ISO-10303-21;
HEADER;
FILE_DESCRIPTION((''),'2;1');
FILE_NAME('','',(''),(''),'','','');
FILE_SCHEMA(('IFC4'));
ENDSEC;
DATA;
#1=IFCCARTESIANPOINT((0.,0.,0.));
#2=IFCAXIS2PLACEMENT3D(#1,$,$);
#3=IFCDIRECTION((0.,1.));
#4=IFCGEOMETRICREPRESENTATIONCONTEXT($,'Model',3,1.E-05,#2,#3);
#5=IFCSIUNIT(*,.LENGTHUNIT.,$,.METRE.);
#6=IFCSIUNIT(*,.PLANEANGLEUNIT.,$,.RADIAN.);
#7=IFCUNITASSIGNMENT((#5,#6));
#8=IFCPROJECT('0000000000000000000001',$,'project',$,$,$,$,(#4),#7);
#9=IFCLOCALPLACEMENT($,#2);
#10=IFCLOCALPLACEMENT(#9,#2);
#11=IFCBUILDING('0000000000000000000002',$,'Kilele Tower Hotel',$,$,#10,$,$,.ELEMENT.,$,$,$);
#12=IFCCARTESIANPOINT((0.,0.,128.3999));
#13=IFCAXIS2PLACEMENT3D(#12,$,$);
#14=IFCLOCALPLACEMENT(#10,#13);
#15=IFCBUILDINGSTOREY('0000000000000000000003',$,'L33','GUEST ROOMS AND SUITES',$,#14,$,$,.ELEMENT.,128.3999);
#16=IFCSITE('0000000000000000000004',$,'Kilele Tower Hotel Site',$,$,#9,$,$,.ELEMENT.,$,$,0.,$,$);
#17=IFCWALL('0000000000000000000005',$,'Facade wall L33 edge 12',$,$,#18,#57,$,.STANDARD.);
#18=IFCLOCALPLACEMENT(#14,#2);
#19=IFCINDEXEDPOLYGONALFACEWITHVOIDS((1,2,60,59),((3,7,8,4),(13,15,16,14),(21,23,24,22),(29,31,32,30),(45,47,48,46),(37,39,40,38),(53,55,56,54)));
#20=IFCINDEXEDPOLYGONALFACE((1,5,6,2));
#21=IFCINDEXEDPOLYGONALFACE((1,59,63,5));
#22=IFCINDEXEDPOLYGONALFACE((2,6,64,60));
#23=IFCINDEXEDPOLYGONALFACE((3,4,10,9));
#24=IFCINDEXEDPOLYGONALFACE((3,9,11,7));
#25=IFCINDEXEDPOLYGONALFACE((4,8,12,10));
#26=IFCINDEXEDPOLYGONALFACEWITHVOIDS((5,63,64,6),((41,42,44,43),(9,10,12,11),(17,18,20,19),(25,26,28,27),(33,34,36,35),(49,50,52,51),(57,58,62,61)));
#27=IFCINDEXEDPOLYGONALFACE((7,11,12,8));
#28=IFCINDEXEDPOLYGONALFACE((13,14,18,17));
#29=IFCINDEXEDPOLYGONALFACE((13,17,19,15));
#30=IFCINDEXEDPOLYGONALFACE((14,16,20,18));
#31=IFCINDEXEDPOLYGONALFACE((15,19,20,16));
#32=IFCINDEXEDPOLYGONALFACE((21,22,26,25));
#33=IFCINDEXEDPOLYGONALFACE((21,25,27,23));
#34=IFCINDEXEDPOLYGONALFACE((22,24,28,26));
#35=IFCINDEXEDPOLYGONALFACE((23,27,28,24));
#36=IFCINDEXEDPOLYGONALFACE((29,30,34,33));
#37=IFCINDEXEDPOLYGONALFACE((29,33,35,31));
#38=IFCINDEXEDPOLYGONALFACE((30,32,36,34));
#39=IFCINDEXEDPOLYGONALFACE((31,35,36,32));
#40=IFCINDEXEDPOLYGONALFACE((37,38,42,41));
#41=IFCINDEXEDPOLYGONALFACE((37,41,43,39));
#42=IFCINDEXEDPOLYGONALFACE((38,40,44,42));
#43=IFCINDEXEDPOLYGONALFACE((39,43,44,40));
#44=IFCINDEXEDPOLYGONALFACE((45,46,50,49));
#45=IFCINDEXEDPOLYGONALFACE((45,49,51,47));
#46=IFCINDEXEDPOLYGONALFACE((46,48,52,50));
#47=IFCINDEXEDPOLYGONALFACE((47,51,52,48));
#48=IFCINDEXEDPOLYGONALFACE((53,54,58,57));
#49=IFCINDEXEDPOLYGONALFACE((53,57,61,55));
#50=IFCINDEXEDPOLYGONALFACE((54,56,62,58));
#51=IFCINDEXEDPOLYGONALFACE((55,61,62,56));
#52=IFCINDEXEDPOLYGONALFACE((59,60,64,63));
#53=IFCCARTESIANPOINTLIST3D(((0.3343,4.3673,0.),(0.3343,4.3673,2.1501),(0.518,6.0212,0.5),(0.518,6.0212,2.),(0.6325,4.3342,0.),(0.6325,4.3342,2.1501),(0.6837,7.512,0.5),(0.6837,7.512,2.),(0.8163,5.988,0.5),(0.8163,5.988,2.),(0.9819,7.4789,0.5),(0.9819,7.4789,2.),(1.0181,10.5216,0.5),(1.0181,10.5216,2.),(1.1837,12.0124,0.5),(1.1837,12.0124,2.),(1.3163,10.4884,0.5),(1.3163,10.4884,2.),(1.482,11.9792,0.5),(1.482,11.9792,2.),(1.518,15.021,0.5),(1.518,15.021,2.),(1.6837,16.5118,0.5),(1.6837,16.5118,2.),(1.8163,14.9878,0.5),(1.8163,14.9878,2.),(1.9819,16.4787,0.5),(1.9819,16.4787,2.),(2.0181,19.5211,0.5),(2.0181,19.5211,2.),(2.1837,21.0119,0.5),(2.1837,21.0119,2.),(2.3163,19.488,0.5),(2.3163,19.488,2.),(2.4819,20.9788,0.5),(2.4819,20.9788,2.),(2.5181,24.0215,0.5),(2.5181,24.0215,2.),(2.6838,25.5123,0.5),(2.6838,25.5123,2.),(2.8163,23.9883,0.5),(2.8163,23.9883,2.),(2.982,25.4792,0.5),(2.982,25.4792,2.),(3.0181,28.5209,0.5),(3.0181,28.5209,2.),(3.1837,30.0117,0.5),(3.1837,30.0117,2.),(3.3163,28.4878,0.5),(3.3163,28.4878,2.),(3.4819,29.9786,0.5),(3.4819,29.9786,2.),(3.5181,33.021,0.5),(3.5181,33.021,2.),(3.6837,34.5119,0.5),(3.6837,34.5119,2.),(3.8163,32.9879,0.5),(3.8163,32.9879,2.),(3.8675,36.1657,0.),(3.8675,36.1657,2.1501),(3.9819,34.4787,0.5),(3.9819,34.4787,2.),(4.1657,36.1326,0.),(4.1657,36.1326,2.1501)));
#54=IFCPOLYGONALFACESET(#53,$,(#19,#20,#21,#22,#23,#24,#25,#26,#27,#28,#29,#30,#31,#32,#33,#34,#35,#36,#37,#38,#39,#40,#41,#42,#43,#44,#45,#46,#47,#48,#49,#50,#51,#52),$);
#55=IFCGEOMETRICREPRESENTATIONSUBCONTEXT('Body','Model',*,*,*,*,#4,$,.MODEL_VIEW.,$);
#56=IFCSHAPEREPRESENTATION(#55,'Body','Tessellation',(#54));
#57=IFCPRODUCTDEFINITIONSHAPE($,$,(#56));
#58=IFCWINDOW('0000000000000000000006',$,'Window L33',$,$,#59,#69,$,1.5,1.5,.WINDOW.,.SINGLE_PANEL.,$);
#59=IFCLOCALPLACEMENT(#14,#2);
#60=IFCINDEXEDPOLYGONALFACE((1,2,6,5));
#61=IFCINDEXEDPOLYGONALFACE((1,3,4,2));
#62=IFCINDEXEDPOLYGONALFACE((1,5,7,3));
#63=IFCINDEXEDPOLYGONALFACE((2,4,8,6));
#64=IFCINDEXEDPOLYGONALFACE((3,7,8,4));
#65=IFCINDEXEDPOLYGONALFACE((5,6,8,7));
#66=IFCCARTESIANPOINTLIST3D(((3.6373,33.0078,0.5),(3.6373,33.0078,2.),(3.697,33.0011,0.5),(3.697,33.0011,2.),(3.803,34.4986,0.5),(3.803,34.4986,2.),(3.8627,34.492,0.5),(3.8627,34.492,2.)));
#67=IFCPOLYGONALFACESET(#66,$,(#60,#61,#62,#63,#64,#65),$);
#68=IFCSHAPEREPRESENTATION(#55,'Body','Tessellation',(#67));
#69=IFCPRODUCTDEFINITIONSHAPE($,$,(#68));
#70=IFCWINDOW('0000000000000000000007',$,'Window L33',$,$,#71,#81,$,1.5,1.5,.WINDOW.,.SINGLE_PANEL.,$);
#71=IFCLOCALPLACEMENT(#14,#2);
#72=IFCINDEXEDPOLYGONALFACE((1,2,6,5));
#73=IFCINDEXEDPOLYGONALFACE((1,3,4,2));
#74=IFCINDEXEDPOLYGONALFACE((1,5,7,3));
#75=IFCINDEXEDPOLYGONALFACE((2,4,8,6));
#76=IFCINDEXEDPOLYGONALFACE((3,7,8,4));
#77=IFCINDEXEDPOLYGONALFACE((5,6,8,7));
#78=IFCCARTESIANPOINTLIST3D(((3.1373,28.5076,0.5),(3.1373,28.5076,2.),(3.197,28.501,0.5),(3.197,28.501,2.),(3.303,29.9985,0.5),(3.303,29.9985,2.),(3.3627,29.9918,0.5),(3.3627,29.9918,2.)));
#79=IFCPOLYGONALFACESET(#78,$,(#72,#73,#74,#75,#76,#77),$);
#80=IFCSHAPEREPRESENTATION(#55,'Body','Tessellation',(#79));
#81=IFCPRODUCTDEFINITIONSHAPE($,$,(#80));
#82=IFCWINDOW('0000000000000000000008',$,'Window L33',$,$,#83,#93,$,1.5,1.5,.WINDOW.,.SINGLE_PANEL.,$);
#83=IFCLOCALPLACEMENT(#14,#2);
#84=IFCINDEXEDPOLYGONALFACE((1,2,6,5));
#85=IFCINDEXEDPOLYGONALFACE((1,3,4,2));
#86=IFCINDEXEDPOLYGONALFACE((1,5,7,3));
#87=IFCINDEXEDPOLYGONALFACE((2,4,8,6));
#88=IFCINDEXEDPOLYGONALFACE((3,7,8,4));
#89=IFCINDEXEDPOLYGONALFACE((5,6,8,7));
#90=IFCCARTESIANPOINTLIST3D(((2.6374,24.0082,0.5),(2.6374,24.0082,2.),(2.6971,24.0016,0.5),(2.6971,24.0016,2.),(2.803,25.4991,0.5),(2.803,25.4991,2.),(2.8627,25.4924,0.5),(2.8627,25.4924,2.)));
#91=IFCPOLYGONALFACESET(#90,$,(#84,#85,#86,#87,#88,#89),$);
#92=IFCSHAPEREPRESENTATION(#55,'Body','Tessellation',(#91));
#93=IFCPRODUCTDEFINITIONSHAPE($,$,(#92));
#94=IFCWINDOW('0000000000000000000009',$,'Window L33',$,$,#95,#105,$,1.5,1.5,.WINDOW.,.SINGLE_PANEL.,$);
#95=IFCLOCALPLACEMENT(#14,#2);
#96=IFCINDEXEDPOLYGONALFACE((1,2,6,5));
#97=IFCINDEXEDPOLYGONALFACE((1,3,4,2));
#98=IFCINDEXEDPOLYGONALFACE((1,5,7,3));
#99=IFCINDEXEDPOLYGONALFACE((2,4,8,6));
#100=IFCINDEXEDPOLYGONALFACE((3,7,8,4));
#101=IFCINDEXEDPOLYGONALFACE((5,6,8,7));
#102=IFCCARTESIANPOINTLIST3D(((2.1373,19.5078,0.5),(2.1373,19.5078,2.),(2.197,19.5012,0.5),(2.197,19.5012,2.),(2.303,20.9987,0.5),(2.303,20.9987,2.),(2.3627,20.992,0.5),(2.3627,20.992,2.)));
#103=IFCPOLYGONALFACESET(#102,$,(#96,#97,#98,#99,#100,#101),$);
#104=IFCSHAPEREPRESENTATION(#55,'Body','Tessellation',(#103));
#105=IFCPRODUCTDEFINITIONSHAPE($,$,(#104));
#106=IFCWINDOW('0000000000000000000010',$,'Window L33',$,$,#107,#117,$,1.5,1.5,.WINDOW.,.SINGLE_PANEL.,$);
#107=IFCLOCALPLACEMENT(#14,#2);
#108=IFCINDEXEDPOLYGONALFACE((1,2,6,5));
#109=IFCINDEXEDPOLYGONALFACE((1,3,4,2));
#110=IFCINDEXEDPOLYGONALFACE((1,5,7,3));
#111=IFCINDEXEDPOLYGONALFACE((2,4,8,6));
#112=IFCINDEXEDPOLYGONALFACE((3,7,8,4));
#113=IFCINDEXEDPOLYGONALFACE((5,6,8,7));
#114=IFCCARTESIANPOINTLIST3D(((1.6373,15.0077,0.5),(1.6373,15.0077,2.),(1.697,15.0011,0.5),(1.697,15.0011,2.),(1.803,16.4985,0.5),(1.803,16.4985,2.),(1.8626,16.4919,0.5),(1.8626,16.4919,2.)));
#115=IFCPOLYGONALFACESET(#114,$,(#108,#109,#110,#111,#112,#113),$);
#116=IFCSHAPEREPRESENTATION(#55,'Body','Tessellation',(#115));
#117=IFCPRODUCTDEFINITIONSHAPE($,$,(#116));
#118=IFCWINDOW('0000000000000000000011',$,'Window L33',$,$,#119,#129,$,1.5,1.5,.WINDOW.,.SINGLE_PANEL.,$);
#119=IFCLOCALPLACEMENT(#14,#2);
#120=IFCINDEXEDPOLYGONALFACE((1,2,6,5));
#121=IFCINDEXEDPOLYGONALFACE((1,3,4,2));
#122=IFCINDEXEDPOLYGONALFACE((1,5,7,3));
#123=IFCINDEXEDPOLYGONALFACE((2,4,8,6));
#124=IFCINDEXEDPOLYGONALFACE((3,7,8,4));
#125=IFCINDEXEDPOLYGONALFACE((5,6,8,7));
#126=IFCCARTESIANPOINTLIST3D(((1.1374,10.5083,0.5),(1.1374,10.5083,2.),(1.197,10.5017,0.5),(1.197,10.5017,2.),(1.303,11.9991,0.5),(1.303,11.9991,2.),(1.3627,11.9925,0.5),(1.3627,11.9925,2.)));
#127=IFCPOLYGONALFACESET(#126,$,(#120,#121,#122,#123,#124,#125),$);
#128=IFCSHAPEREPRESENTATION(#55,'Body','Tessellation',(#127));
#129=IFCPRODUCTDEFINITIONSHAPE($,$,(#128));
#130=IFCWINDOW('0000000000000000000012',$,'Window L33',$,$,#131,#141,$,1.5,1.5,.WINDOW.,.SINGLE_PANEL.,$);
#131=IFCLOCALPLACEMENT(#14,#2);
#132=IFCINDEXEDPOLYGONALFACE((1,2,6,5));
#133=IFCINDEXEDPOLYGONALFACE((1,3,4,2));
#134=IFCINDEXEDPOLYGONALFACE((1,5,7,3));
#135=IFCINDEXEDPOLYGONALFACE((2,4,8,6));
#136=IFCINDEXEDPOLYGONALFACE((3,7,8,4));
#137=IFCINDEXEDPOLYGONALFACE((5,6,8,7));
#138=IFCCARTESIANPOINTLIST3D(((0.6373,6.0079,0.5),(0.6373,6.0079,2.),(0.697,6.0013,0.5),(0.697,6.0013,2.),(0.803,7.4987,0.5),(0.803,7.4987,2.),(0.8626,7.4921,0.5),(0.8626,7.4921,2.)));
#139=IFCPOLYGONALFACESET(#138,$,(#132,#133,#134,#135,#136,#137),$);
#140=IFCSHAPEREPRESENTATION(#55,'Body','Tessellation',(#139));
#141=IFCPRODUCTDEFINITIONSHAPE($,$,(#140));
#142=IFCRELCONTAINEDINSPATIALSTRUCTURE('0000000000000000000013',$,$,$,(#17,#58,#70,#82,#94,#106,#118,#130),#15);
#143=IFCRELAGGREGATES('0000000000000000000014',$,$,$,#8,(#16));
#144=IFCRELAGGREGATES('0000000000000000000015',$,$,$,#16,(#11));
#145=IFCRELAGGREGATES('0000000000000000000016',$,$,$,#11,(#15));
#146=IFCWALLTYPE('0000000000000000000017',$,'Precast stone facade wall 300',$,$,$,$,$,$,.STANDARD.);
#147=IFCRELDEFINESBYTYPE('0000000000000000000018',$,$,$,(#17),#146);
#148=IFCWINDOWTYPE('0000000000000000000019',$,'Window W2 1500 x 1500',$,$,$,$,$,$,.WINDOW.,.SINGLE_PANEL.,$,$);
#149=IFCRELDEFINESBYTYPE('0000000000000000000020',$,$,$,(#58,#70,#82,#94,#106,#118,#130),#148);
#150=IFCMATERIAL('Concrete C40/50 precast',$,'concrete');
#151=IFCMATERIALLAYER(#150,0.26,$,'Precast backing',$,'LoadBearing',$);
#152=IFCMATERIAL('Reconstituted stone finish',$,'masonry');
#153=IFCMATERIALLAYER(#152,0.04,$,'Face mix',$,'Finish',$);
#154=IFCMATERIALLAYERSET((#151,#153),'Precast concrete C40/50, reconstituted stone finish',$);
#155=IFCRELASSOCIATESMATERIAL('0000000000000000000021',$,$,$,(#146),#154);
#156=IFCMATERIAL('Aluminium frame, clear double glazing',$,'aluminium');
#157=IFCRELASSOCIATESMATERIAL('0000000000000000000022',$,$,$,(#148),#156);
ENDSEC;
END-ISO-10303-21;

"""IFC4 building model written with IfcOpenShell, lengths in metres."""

from ifc_helpers import new_model, si_unit, direction, frame, frame_2d, origin, place, context, subcontext, project, spatial, rectangle, extrude, material, layer, layer_set, type_object, element, fill, save


model = new_model("IFC4")

# Units and contexts
model_context = context("Model", 3, precision=1e-05, world=origin(), true_north=direction((0.0, 1.0)))
body_context = subcontext(model_context, "Body", "Model", "MODEL_VIEW")
ifc_project = project(units=[si_unit("LENGTHUNIT", "METRE"), si_unit("PLANEANGLEUNIT", "RADIAN")], contexts=[model_context])

# Site, building, storey
site_placement = place(None, origin())
site = spatial("IfcSite", under=ifc_project, at=site_placement, Name="Kilele Tower Hotel Site", CompositionType="ELEMENT", RefElevation=0.0)
building_placement = place(site_placement, origin())
building = spatial("IfcBuilding", under=site, at=building_placement, Name="Kilele Tower Hotel", CompositionType="ELEMENT")
storey_placement = place(building_placement, frame((0.0, 0.0, 128.3999)))
storey = spatial("IfcBuildingStorey", under=building, at=storey_placement, Name="L33", Description="GUEST ROOMS AND SUITES", CompositionType="ELEMENT", Elevation=128.3999)

# Shared definitions
ifc_material_1 = material(Name="Concrete C40/50 precast", Category="concrete")
ifc_layer_1 = layer(ifc_material_1, 0.26, Name="Precast backing", Category="LoadBearing")
ifc_material_2 = material(Name="Reconstituted stone finish", Category="masonry")
ifc_layer_2 = layer(ifc_material_2, 0.04, Name="Face mix", Category="Finish")
ifc_layer_set_1 = layer_set([ifc_layer_1, ifc_layer_2], Name="Precast concrete C40/50, reconstituted stone finish")
wall_type_1 = type_object("IfcWallType", Name="Precast stone facade wall 300", PredefinedType="STANDARD", material=ifc_layer_set_1)
ifc_material_3 = material(Name="Aluminium frame, clear double glazing", Category="aluminium")
window_type_1 = type_object("IfcWindowType", Name="Window W2 1500 x 1500", PartitioningType="SINGLE_PANEL", PredefinedType="WINDOW", material=ifc_material_3)

# Wall, openings, windows
wall_1_placement = place(storey_placement, frame((4.0166, 36.1492, 0.0), z_axis=(0.0, 0.0, 1.0), x_axis=(-0.110433, -0.993884, 0.0)))
wall_1 = element("IfcWall", 1, at=wall_1_placement, inside=storey, type_object=wall_type_1, Name="Facade wall L33 edge 12", PredefinedType="STANDARD", context=body_context, shape_type="SweptSolid", body=[
    extrude(rectangle(XDim=31.9941, YDim=0.3, at=frame_2d((15.9971, 0.0))), origin(), (0.0, 0.0, 1.0), 2.1501),
])
opening_1_placement = place(wall_1_placement, frame((1.6641, 0.0, 0.5)))
opening_1 = element("IfcOpeningElement", 2, at=opening_1_placement, cuts=wall_1, PredefinedType="OPENING", context=body_context, shape_type="SweptSolid", body=[
    extrude(rectangle(XDim=1.5, YDim=1.5, at=frame_2d((0.75, 0.75))), frame((0.0, 0.1599, 0.0), z_axis=(0.0, -1.0, 0.0), x_axis=(1.0, 0.0, 0.0)), (0.0, 0.0, 1.0), 0.3201),
])
opening_2_placement = place(wall_1_placement, frame((6.1919, 0.0, 0.5)))
opening_2 = element("IfcOpeningElement", 3, at=opening_2_placement, cuts=wall_1, PredefinedType="OPENING", context=body_context, shape_type="SweptSolid", body=[
    extrude(rectangle(XDim=1.5, YDim=1.5, at=frame_2d((0.75, 0.75))), frame((0.0, 0.1599, 0.0), z_axis=(0.0, -1.0, 0.0), x_axis=(1.0, 0.0, 0.0)), (0.0, 0.0, 1.0), 0.3201),
])
opening_3_placement = place(wall_1_placement, frame((10.719, 0.0, 0.5)))
opening_3 = element("IfcOpeningElement", 4, at=opening_3_placement, cuts=wall_1, PredefinedType="OPENING", context=body_context, shape_type="SweptSolid", body=[
    extrude(rectangle(XDim=1.5, YDim=1.5, at=frame_2d((0.75, 0.75))), frame((0.0, 0.1599, 0.0), z_axis=(0.0, -1.0, 0.0), x_axis=(1.0, 0.0, 0.0)), (0.0, 0.0, 1.0), 0.3201),
])
opening_4_placement = place(wall_1_placement, frame((15.2471, 0.0, 0.5)))
opening_4 = element("IfcOpeningElement", 5, at=opening_4_placement, cuts=wall_1, PredefinedType="OPENING", context=body_context, shape_type="SweptSolid", body=[
    extrude(rectangle(XDim=1.5, YDim=1.5, at=frame_2d((0.75, 0.75))), frame((0.0, 0.1599, 0.0), z_axis=(0.0, -1.0, 0.0), x_axis=(1.0, 0.0, 0.0)), (0.0, 0.0, 1.0), 0.3201),
])
opening_5_placement = place(wall_1_placement, frame((19.7749, 0.0, 0.5)))
opening_5 = element("IfcOpeningElement", 6, at=opening_5_placement, cuts=wall_1, PredefinedType="OPENING", context=body_context, shape_type="SweptSolid", body=[
    extrude(rectangle(XDim=1.5, YDim=1.5, at=frame_2d((0.75, 0.75))), frame((0.0, 0.1599, 0.0), z_axis=(0.0, -1.0, 0.0), x_axis=(1.0, 0.0, 0.0)), (0.0, 0.0, 1.0), 0.3201),
])
opening_6_placement = place(wall_1_placement, frame((24.302, 0.0, 0.5)))
opening_6 = element("IfcOpeningElement", 7, at=opening_6_placement, cuts=wall_1, PredefinedType="OPENING", context=body_context, shape_type="SweptSolid", body=[
    extrude(rectangle(XDim=1.5, YDim=1.5, at=frame_2d((0.75, 0.75))), frame((0.0, 0.1599, 0.0), z_axis=(0.0, -1.0, 0.0), x_axis=(1.0, 0.0, 0.0)), (0.0, 0.0, 1.0), 0.3201),
])
opening_7_placement = place(wall_1_placement, frame((28.8301, 0.0, 0.5)))
opening_7 = element("IfcOpeningElement", 8, at=opening_7_placement, cuts=wall_1, PredefinedType="OPENING", context=body_context, shape_type="SweptSolid", body=[
    extrude(rectangle(XDim=1.5, YDim=1.5, at=frame_2d((0.75, 0.75))), frame((0.0, 0.1599, 0.0), z_axis=(0.0, -1.0, 0.0), x_axis=(1.0, 0.0, 0.0)), (0.0, 0.0, 1.0), 0.3201),
])
window_1_placement = place(opening_1_placement, origin())
window_1 = element("IfcWindow", 9, at=window_1_placement, inside=storey, type_object=window_type_1, Name="Window L33", OverallHeight=1.5, OverallWidth=1.5, PartitioningType="SINGLE_PANEL", PredefinedType="WINDOW", context=body_context, shape_type="SweptSolid", body=[
    extrude(rectangle(XDim=1.5, YDim=1.5, at=frame_2d((0.75, 0.75))), frame((0.0, 0.03, 0.0), z_axis=(0.0, -1.0, 0.0), x_axis=(1.0, 0.0, 0.0)), (0.0, 0.0, 1.0), 0.0601),
])
fill(opening_1, window_1)
window_2_placement = place(opening_2_placement, origin())
window_2 = element("IfcWindow", 10, at=window_2_placement, inside=storey, type_object=window_type_1, Name="Window L33", OverallHeight=1.5, OverallWidth=1.5, PartitioningType="SINGLE_PANEL", PredefinedType="WINDOW", context=body_context, shape_type="SweptSolid", body=[
    extrude(rectangle(XDim=1.5, YDim=1.5, at=frame_2d((0.75, 0.75))), frame((0.0, 0.03, 0.0), z_axis=(0.0, -1.0, 0.0), x_axis=(1.0, 0.0, 0.0)), (0.0, 0.0, 1.0), 0.0601),
])
fill(opening_2, window_2)
window_3_placement = place(opening_3_placement, origin())
window_3 = element("IfcWindow", 11, at=window_3_placement, inside=storey, type_object=window_type_1, Name="Window L33", OverallHeight=1.5, OverallWidth=1.5, PartitioningType="SINGLE_PANEL", PredefinedType="WINDOW", context=body_context, shape_type="SweptSolid", body=[
    extrude(rectangle(XDim=1.5, YDim=1.5, at=frame_2d((0.75, 0.75))), frame((0.0, 0.03, 0.0), z_axis=(0.0, -1.0, 0.0), x_axis=(1.0, 0.0, 0.0)), (0.0, 0.0, 1.0), 0.0601),
])
fill(opening_3, window_3)
window_4_placement = place(opening_4_placement, origin())
window_4 = element("IfcWindow", 12, at=window_4_placement, inside=storey, type_object=window_type_1, Name="Window L33", OverallHeight=1.5, OverallWidth=1.5, PartitioningType="SINGLE_PANEL", PredefinedType="WINDOW", context=body_context, shape_type="SweptSolid", body=[
    extrude(rectangle(XDim=1.5, YDim=1.5, at=frame_2d((0.75, 0.75))), frame((0.0, 0.03, 0.0), z_axis=(0.0, -1.0, 0.0), x_axis=(1.0, 0.0, 0.0)), (0.0, 0.0, 1.0), 0.0601),
])
fill(opening_4, window_4)
window_5_placement = place(opening_5_placement, origin())
window_5 = element("IfcWindow", 13, at=window_5_placement, inside=storey, type_object=window_type_1, Name="Window L33", OverallHeight=1.5, OverallWidth=1.5, PartitioningType="SINGLE_PANEL", PredefinedType="WINDOW", context=body_context, shape_type="SweptSolid", body=[
    extrude(rectangle(XDim=1.5, YDim=1.5, at=frame_2d((0.75, 0.75))), frame((0.0, 0.03, 0.0), z_axis=(0.0, -1.0, 0.0), x_axis=(1.0, 0.0, 0.0)), (0.0, 0.0, 1.0), 0.0601),
])
fill(opening_5, window_5)
window_6_placement = place(opening_6_placement, origin())
window_6 = element("IfcWindow", 14, at=window_6_placement, inside=storey, type_object=window_type_1, Name="Window L33", OverallHeight=1.5, OverallWidth=1.5, PartitioningType="SINGLE_PANEL", PredefinedType="WINDOW", context=body_context, shape_type="SweptSolid", body=[
    extrude(rectangle(XDim=1.5, YDim=1.5, at=frame_2d((0.75, 0.75))), frame((0.0, 0.03, 0.0), z_axis=(0.0, -1.0, 0.0), x_axis=(1.0, 0.0, 0.0)), (0.0, 0.0, 1.0), 0.0601),
])
fill(opening_6, window_6)
window_7_placement = place(opening_7_placement, origin())
window_7 = element("IfcWindow", 15, at=window_7_placement, inside=storey, type_object=window_type_1, Name="Window L33", OverallHeight=1.5, OverallWidth=1.5, PartitioningType="SINGLE_PANEL", PredefinedType="WINDOW", context=body_context, shape_type="SweptSolid", body=[
    extrude(rectangle(XDim=1.5, YDim=1.5, at=frame_2d((0.75, 0.75))), frame((0.0, 0.03, 0.0), z_axis=(0.0, -1.0, 0.0), x_axis=(1.0, 0.0, 0.0)), (0.0, 0.0, 1.0), 0.0601),
])
fill(opening_7, window_7)

save(model, "model.ifc")
